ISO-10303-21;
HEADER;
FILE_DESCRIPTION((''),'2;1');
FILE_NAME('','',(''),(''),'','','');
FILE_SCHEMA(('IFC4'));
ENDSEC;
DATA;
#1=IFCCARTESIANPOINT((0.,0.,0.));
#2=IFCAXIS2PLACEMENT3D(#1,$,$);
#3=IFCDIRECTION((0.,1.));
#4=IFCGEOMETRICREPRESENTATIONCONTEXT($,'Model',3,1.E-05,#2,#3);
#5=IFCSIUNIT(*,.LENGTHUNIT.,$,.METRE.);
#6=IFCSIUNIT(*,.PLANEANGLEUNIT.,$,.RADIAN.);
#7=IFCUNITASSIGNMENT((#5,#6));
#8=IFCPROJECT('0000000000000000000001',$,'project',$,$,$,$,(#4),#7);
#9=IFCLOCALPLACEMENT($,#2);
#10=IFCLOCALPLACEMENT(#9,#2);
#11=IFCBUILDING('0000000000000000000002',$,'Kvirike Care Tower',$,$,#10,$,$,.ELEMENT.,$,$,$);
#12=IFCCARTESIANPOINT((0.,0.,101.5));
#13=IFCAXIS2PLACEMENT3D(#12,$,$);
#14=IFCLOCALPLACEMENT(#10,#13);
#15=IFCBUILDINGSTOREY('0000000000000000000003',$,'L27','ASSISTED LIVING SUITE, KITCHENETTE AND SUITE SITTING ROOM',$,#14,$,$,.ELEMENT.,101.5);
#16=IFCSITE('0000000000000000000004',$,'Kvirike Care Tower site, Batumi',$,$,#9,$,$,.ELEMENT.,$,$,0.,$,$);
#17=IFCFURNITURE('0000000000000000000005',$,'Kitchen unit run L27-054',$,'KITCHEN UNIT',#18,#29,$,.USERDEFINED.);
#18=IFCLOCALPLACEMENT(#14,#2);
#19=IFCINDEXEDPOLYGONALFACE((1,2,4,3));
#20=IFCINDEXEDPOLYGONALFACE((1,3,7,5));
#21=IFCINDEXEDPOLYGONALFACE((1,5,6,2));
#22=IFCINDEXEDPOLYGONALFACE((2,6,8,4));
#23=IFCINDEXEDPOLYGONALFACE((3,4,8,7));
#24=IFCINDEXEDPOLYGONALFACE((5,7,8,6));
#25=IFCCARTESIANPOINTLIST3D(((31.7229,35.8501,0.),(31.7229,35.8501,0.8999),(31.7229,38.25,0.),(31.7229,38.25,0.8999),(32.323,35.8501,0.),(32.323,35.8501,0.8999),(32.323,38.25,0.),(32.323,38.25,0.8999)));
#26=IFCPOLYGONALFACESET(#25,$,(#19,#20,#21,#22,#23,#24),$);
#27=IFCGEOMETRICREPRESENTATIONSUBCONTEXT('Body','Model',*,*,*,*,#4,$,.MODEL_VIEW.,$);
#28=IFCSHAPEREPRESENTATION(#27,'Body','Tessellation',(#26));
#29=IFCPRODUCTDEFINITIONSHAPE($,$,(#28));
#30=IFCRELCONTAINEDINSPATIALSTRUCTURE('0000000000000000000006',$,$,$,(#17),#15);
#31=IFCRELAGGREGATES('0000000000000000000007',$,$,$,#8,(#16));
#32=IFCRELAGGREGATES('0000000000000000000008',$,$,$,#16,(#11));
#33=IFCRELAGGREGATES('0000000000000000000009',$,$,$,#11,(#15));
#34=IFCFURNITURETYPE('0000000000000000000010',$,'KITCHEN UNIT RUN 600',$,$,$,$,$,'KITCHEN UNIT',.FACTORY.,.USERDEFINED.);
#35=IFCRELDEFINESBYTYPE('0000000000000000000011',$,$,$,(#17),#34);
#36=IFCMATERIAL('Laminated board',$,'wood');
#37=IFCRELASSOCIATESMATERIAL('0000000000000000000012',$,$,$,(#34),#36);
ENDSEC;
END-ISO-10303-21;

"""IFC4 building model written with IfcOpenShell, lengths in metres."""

from ifc_helpers import new_model, si_unit, direction, frame, origin, origin_2d, place, context, subcontext, project, spatial, rectangle, extrude, material, type_object, element, save


model = new_model("IFC4")

# Units and contexts
model_context = context("Model", 3, precision=1e-05, world=origin(), true_north=direction((0.0, 1.0)))
body_context = subcontext(model_context, "Body", "Model", "MODEL_VIEW")
ifc_project = project(units=[si_unit("LENGTHUNIT", "METRE"), si_unit("PLANEANGLEUNIT", "RADIAN")], contexts=[model_context])

# Site, building, storey
site_placement = place(None, origin())
site = spatial("IfcSite", under=ifc_project, at=site_placement, Name="Kvirike Care Tower site, Batumi", CompositionType="ELEMENT", RefElevation=0.0)
building_placement = place(site_placement, origin())
building = spatial("IfcBuilding", under=site, at=building_placement, Name="Kvirike Care Tower", CompositionType="ELEMENT")
storey_placement = place(building_placement, frame((0.0, 0.0, 101.5)))
storey = spatial("IfcBuildingStorey", under=building, at=storey_placement, Name="L27", Description="ASSISTED LIVING SUITE, KITCHENETTE AND SUITE SITTING ROOM", CompositionType="ELEMENT", Elevation=101.5)

# Furniture
ifc_material_1 = material(Name="Laminated board", Category="wood")
furniture_type_1 = type_object("IfcFurnitureType", Name="KITCHEN UNIT RUN 600", ElementType="KITCHEN UNIT", AssemblyPlace="FACTORY", PredefinedType="USERDEFINED", material=ifc_material_1)
furniture_1_placement = place(storey_placement, frame((32.0229, 37.05, 0.0), z_axis=(0.0, 0.0, 1.0), x_axis=(0.0, -1.0, 0.0)))
element("IfcFurniture", 1, at=furniture_1_placement, inside=storey, type_object=furniture_type_1, Name="Kitchen unit run L27-054", ObjectType="KITCHEN UNIT", PredefinedType="USERDEFINED", context=body_context, shape_type="SweptSolid", body=[
    extrude(rectangle(XDim=2.3999, YDim=0.6001, at=origin_2d()), origin(), (0.0, 0.0, 1.0), 0.8999),
])

save(model, "model.ifc")
